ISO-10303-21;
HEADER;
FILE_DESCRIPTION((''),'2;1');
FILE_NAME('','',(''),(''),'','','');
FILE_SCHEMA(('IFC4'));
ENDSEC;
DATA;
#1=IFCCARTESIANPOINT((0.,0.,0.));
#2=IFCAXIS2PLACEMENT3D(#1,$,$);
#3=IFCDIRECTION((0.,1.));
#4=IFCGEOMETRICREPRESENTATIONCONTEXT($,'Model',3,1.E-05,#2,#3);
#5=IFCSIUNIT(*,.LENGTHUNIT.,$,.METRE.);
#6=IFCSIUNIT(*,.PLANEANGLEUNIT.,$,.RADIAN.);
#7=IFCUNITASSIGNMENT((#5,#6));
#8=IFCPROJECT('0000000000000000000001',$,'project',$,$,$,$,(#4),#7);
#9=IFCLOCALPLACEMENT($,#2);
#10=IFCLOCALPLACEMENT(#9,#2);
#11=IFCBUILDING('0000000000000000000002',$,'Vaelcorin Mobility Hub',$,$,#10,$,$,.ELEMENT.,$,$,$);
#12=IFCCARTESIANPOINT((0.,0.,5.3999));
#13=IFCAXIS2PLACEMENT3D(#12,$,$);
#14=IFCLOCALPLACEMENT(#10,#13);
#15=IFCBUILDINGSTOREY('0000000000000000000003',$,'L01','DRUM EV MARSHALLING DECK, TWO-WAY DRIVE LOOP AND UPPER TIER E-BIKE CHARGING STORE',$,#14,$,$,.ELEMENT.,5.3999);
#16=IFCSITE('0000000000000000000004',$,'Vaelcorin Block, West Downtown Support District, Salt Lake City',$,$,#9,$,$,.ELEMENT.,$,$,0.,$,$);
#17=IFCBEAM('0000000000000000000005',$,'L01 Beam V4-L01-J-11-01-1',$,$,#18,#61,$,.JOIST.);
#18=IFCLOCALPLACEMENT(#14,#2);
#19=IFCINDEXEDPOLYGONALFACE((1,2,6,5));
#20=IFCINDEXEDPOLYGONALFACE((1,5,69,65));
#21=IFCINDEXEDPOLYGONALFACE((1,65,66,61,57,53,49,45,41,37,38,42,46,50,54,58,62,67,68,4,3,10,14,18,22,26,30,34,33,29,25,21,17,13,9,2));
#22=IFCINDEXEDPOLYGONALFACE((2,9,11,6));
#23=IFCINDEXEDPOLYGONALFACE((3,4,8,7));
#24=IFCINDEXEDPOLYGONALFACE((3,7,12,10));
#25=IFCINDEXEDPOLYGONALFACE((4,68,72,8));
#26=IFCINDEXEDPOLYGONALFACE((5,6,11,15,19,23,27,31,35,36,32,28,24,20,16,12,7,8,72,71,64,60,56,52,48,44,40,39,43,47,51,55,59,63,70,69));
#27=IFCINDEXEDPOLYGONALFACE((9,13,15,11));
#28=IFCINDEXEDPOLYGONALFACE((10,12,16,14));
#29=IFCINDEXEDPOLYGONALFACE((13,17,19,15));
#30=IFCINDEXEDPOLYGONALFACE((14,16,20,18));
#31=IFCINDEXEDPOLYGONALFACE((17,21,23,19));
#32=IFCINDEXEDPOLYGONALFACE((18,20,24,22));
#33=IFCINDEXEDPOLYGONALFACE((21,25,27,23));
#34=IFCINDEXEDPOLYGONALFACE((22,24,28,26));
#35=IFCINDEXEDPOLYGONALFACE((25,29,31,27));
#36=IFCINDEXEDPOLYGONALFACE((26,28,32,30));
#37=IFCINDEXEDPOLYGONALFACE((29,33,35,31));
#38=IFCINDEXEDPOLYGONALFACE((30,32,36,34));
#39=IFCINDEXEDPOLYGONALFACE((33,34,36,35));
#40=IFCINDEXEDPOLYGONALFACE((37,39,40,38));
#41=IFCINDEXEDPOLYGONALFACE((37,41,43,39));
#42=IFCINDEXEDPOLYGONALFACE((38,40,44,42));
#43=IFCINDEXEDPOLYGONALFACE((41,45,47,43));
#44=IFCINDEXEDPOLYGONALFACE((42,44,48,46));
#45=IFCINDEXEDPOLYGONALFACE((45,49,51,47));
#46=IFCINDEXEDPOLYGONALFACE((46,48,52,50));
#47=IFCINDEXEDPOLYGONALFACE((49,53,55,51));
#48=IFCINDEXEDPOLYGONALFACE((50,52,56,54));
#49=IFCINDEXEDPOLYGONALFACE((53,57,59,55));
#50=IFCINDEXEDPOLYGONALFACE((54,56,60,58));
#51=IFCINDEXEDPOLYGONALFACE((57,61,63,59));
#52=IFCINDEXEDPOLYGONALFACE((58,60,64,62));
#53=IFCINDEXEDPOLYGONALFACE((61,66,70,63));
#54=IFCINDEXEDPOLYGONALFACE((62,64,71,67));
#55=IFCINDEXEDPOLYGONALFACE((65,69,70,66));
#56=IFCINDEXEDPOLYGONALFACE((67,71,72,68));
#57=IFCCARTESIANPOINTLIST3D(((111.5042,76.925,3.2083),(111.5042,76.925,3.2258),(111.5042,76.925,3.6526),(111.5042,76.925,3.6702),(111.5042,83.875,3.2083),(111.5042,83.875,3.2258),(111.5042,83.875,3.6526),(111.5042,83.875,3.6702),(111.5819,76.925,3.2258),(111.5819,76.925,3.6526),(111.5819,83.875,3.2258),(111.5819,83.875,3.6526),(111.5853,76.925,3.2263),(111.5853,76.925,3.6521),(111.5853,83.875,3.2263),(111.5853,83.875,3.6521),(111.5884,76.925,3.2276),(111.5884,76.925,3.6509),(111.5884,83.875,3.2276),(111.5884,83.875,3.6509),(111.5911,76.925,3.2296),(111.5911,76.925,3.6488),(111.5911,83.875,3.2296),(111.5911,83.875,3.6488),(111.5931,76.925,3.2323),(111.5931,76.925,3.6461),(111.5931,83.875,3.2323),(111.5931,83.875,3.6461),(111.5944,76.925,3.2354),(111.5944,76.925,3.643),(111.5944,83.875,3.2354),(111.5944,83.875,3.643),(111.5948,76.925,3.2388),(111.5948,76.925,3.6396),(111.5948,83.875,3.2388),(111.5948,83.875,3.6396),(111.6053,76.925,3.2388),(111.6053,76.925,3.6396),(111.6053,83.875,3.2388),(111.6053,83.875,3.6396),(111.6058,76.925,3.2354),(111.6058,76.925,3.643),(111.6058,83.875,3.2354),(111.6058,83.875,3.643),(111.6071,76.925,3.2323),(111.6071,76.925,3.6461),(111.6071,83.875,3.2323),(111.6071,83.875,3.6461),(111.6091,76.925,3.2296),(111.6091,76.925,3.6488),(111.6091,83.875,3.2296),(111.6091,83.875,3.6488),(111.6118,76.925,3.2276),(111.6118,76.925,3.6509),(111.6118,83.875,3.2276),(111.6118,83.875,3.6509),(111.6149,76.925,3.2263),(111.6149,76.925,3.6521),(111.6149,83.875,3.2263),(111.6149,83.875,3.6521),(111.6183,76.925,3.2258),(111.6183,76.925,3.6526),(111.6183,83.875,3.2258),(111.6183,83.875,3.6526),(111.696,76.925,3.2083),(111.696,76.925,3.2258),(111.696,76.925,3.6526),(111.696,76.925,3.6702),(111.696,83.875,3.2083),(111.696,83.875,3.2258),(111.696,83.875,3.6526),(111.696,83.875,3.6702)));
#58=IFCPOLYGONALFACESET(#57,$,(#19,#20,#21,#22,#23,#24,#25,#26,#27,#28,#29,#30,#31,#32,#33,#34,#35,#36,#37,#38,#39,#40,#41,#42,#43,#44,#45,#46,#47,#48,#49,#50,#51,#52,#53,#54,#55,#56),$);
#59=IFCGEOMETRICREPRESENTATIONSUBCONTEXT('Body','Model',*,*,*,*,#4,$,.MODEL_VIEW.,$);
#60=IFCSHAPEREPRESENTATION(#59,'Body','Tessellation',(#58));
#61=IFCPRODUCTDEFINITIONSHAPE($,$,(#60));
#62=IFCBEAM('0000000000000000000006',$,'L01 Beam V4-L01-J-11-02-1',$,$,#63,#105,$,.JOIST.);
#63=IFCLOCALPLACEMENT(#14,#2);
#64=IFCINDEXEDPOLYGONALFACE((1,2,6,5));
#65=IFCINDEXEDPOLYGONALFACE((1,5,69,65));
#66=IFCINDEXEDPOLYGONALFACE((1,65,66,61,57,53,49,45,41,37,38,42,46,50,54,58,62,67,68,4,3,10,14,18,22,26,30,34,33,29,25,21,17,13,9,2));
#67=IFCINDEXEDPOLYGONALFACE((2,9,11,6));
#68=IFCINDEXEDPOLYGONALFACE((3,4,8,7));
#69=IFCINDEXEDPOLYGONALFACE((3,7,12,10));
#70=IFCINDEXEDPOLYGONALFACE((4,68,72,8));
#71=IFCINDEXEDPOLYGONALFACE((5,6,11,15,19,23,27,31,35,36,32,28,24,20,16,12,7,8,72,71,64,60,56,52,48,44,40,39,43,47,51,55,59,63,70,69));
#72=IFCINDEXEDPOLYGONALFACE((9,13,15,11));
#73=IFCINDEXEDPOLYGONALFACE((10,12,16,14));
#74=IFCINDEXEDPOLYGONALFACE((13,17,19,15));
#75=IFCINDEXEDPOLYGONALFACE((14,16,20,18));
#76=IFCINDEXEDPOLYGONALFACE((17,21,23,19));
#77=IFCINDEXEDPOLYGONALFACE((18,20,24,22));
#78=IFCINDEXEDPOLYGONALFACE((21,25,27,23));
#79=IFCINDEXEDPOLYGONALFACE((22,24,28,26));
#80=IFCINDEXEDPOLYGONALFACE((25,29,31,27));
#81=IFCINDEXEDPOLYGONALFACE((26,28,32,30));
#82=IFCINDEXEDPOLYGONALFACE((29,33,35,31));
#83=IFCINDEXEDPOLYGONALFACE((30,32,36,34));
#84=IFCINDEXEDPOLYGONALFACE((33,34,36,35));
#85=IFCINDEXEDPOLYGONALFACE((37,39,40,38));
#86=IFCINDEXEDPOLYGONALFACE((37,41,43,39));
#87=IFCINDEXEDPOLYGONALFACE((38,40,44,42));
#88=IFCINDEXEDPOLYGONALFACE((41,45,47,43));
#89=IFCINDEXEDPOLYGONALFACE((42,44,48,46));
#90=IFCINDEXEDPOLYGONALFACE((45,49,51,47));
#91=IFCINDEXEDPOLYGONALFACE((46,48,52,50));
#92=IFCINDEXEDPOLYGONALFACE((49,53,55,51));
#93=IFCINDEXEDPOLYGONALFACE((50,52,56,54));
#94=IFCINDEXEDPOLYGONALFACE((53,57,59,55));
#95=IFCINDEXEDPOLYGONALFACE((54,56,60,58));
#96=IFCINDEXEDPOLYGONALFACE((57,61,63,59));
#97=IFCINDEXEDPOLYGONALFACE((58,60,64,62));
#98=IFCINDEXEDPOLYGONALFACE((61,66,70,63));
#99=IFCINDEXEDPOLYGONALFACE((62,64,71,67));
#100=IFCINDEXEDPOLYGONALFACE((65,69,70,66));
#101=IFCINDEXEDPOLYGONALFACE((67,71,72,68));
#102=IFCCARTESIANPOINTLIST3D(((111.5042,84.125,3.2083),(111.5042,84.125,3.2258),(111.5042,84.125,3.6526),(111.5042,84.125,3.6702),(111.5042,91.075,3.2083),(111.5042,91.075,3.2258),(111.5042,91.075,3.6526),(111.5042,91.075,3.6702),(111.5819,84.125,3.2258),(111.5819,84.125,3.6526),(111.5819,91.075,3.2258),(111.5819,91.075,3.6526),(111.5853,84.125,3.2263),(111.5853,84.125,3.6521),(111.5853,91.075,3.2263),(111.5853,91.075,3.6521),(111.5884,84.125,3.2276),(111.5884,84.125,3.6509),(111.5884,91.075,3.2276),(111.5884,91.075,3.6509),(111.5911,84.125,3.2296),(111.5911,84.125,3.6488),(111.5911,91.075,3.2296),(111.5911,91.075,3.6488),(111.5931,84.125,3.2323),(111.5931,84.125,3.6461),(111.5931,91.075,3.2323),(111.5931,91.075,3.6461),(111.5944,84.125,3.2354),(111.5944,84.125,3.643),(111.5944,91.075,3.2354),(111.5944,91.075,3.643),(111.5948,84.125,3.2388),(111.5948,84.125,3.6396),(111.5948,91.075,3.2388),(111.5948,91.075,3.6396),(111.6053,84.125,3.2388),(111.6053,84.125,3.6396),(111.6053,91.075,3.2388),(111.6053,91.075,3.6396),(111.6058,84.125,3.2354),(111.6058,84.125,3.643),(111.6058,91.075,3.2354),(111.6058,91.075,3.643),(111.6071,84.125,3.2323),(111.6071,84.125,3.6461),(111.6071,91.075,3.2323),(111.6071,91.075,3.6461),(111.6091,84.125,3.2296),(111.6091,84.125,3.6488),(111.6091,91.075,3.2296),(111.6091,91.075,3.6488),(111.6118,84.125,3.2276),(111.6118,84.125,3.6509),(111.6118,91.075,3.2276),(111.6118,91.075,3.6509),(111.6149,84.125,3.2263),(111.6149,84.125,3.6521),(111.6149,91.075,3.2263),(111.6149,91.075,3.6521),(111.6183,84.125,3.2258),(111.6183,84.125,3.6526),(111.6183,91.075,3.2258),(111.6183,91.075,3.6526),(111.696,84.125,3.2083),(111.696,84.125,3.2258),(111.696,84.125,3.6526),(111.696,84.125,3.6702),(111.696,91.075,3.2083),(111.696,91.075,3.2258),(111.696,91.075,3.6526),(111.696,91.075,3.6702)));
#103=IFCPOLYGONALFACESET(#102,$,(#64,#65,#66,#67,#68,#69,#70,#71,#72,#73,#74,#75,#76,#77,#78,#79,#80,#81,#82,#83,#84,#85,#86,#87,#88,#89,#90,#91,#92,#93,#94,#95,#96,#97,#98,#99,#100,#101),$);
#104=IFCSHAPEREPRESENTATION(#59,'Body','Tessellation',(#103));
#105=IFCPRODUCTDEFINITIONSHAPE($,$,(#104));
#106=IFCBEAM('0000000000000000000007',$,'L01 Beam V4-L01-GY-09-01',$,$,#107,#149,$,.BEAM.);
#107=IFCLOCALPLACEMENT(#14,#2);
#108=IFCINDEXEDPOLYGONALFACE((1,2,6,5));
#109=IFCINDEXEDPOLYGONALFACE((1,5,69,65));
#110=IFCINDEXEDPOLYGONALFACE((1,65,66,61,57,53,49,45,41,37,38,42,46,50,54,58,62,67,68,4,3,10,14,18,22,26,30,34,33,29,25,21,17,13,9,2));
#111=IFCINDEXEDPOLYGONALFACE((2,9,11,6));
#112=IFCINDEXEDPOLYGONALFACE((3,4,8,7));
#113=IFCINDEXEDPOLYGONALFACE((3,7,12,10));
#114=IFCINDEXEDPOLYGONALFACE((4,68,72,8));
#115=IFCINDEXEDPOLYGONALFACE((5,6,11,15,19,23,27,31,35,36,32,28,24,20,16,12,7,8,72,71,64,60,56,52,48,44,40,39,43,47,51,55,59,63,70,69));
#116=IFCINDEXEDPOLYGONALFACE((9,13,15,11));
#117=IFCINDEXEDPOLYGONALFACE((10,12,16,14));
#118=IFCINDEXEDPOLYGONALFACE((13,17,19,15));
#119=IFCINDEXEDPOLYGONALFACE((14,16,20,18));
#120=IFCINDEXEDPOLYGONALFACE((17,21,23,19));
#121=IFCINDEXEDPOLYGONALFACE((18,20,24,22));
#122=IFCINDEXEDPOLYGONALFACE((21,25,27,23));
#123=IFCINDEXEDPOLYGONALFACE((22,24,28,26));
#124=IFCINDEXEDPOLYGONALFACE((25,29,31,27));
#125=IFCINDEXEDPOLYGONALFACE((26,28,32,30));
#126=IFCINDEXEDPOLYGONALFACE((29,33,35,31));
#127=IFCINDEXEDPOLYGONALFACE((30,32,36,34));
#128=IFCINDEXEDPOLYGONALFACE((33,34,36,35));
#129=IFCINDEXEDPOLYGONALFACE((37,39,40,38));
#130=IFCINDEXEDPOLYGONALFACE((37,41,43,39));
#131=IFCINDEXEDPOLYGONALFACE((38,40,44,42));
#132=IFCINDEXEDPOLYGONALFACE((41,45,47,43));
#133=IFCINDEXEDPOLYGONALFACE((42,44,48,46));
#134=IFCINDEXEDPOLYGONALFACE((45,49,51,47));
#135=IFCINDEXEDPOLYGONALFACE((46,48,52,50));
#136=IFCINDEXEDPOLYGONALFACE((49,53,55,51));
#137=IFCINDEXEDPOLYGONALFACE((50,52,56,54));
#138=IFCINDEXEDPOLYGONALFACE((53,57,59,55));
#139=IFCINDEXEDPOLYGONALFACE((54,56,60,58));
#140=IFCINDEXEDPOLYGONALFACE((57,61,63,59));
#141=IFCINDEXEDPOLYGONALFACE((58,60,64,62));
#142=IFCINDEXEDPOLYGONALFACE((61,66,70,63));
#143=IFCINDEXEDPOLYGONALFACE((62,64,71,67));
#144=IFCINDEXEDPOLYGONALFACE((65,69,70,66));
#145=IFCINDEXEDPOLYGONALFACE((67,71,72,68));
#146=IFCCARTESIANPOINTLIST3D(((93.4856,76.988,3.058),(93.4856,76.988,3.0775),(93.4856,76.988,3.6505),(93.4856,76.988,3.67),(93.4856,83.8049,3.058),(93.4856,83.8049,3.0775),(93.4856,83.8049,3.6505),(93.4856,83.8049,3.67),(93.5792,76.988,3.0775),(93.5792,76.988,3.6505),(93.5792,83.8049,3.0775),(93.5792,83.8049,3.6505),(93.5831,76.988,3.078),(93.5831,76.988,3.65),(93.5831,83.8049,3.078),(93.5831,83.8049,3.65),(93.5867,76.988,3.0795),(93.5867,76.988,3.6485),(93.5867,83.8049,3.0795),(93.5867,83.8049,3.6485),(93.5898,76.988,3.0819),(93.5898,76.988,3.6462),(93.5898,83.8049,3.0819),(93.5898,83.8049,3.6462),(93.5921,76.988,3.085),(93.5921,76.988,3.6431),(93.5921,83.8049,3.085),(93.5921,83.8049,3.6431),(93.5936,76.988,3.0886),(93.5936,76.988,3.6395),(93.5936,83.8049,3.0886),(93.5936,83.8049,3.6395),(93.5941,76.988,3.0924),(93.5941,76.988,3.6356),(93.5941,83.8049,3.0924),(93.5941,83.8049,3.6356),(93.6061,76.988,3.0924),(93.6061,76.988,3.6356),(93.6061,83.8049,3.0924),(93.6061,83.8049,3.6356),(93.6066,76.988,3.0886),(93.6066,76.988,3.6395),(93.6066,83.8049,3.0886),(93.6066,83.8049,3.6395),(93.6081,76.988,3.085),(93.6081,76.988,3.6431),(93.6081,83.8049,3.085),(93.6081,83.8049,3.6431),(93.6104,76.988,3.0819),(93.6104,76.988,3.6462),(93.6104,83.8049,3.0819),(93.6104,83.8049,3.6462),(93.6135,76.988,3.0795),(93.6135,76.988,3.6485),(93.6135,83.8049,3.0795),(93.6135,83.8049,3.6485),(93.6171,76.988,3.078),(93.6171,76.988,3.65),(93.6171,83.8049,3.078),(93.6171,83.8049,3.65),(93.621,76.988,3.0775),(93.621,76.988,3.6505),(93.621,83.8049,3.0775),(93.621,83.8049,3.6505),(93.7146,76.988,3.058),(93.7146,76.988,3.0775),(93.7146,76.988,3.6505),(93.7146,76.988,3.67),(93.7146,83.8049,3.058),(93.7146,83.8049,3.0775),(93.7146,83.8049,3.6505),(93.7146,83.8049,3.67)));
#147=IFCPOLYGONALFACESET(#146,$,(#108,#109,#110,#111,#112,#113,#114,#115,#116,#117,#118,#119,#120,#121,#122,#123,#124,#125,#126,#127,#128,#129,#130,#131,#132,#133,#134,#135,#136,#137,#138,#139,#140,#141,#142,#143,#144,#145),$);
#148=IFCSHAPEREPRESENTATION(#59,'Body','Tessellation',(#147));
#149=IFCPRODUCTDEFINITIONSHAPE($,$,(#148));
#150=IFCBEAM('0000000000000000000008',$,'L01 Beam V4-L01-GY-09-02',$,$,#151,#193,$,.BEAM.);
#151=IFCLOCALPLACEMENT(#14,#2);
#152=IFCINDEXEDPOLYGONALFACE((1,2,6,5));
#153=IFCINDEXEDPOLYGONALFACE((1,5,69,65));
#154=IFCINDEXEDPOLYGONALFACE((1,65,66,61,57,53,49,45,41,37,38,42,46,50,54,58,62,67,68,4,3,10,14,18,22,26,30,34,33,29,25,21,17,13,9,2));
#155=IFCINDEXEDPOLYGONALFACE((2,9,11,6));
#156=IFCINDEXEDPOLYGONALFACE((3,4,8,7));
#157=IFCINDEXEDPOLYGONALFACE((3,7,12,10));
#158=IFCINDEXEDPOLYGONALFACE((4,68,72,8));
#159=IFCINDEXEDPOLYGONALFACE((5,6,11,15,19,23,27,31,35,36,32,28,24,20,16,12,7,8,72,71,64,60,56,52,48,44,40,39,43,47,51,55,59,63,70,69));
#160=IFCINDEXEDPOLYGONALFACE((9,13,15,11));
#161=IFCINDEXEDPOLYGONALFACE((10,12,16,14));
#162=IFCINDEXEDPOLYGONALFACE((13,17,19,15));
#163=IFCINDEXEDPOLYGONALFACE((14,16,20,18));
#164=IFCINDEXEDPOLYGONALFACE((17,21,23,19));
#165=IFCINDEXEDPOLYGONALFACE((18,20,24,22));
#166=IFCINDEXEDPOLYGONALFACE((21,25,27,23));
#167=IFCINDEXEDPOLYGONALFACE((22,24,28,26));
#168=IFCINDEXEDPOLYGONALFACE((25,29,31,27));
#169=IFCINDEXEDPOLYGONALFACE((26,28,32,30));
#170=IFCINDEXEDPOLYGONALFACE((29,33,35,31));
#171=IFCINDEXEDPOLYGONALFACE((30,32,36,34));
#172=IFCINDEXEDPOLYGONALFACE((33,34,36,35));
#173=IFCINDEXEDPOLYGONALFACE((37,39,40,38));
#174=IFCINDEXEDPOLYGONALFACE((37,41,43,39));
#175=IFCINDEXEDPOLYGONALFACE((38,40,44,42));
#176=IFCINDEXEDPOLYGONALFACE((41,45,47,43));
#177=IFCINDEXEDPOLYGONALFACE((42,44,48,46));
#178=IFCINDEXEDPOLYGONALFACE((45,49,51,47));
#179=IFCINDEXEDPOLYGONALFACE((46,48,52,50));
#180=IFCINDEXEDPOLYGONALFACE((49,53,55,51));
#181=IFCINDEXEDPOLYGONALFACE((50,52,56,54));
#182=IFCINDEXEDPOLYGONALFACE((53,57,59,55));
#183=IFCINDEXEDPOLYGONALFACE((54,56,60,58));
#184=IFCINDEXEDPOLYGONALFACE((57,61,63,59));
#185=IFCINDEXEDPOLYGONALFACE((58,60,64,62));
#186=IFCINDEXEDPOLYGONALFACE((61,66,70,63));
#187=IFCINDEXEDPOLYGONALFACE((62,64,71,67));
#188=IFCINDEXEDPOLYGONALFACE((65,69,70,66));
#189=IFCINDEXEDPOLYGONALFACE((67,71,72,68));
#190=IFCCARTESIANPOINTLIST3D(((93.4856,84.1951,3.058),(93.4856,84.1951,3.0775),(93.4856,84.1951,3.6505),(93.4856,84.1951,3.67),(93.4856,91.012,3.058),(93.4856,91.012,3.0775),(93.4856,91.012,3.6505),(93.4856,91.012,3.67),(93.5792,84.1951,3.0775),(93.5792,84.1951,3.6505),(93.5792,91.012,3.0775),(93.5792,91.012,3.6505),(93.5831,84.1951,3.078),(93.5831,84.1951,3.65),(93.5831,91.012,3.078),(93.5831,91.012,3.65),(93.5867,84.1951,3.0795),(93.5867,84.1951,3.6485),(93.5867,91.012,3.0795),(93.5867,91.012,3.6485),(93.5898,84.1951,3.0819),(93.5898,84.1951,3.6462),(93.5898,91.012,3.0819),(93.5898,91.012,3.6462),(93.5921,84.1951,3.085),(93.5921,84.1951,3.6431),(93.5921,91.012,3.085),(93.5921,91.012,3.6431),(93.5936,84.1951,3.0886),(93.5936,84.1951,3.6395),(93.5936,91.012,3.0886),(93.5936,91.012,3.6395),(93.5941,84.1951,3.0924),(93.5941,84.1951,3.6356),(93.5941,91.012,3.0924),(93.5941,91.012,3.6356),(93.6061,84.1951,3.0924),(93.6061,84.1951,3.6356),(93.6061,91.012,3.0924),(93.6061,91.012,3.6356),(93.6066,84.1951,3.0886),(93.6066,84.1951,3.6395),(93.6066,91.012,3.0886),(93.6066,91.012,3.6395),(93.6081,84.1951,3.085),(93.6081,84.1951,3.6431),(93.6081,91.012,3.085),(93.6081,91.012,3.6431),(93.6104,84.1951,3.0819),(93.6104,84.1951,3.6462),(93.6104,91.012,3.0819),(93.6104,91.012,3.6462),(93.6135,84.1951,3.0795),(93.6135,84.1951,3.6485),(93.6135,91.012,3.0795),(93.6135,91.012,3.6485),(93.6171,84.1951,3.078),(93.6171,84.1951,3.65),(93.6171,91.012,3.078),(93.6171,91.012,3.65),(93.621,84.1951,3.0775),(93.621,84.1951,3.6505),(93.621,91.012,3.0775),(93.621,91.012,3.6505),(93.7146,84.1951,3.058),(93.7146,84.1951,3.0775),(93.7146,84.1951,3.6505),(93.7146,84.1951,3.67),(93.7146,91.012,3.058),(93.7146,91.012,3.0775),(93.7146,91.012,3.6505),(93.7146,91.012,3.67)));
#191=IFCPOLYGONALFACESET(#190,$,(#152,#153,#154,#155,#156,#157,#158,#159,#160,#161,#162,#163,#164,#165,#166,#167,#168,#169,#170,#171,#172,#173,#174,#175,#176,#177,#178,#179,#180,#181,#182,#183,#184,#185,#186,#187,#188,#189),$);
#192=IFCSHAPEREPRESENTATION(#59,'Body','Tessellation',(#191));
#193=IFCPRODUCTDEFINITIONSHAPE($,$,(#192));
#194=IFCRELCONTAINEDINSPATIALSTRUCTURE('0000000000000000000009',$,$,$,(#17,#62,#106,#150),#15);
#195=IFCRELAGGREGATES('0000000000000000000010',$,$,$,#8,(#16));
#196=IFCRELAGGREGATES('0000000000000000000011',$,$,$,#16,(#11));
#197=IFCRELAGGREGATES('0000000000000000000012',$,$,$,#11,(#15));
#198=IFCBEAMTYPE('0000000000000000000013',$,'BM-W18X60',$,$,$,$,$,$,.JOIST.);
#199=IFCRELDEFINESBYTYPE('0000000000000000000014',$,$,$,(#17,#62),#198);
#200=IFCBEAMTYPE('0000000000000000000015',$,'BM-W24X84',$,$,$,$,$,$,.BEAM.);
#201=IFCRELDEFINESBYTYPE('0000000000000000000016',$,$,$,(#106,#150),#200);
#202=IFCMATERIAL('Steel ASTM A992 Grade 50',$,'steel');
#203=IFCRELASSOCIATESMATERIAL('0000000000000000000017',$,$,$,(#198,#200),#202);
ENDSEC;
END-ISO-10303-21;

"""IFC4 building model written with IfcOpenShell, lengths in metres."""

from ifc_helpers import new_model, si_unit, direction, frame, origin, origin_2d, place, context, subcontext, project, spatial, i_section, extrude, material, material_profile, profile_set, type_object, element, save


model = new_model("IFC4")

# Units and contexts
model_context = context("Model", 3, precision=1e-05, world=origin(), true_north=direction((0.0, 1.0)))
body_context = subcontext(model_context, "Body", "Model", "MODEL_VIEW")
ifc_project = project(units=[si_unit("LENGTHUNIT", "METRE"), si_unit("PLANEANGLEUNIT", "RADIAN")], contexts=[model_context])

# Site, building, storey
site_placement = place(None, origin())
site = spatial("IfcSite", under=ifc_project, at=site_placement, Name="Vaelcorin Block, West Downtown Support District, Salt Lake City", CompositionType="ELEMENT", RefElevation=0.0)
building_placement = place(site_placement, origin())
building = spatial("IfcBuilding", under=site, at=building_placement, Name="Vaelcorin Mobility Hub", CompositionType="ELEMENT")
storey_placement = place(building_placement, frame((0.0, 0.0, 5.3999)))
storey = spatial("IfcBuildingStorey", under=building, at=storey_placement, Name="L01", Description="DRUM EV MARSHALLING DECK, TWO-WAY DRIVE LOOP AND UPPER TIER E-BIKE CHARGING STORE", CompositionType="ELEMENT", Elevation=5.3999)

# Shared definitions
ifc_material_1 = material(Name="Steel ASTM A992 Grade 50", Category="steel")

# Beams
ifc_material_profile_1 = material_profile(ifc_material_1, i_section(OverallWidth=0.1919, OverallDepth=0.4619, WebThickness=0.0105, FlangeThickness=0.0176, FilletRadius=0.0129, at=origin_2d()), Name="W18X60")
ifc_profile_set_1 = profile_set([ifc_material_profile_1], Name="Steel ASTM A992 Grade 50")
beam_type_1 = type_object("IfcBeamType", Name="BM-W18X60", PredefinedType="JOIST", material=ifc_profile_set_1)
for number, where, z_axis, x_axis, name in (
    (1, (111.6001, 76.925, 3.4392), (0.0, 1.0, 0.0), (-1.0, 0.0, 0.0), "L01 Beam V4-L01-J-11-01-1"),
    (2, (111.6001, 84.125, 3.4392), (0.0, 1.0, 0.0), (-1.0, 0.0, 0.0), "L01 Beam V4-L01-J-11-02-1"),
):
    element("IfcBeam", number, at=place(storey_placement, frame(where, z_axis=z_axis, x_axis=x_axis)), inside=storey, type_object=beam_type_1, Name=name, PredefinedType="JOIST", context=body_context, shape_type="SweptSolid", body=[
        extrude(i_section(OverallWidth=0.1919, OverallDepth=0.4619, WebThickness=0.0105, FlangeThickness=0.0176, FilletRadius=0.0129, at=origin_2d()), origin(), (0.0, 0.0, 1.0), 6.95),
    ])
ifc_material_profile_2 = material_profile(ifc_material_1, i_section(OverallWidth=0.229, OverallDepth=0.6121, WebThickness=0.012, FlangeThickness=0.0195, FilletRadius=0.0149, at=origin_2d()), Name="W24X84")
ifc_profile_set_2 = profile_set([ifc_material_profile_2], Name="Steel ASTM A992 Grade 50")
beam_type_2 = type_object("IfcBeamType", Name="BM-W24X84", PredefinedType="BEAM", material=ifc_profile_set_2)
for number, where, z_axis, x_axis, name in (
    (3, (93.6001, 76.988, 3.364), (0.0, 1.0, 0.0), (-1.0, 0.0, 0.0), "L01 Beam V4-L01-GY-09-01"),
    (4, (93.6001, 84.1951, 3.364), (0.0, 1.0, 0.0), (-1.0, 0.0, 0.0), "L01 Beam V4-L01-GY-09-02"),
):
    element("IfcBeam", number, at=place(storey_placement, frame(where, z_axis=z_axis, x_axis=x_axis)), inside=storey, type_object=beam_type_2, Name=name, PredefinedType="BEAM", context=body_context, shape_type="SweptSolid", body=[
        extrude(i_section(OverallWidth=0.229, OverallDepth=0.6121, WebThickness=0.012, FlangeThickness=0.0195, FilletRadius=0.0149, at=origin_2d()), origin(), (0.0, 0.0, 1.0), 6.8169),
    ])

save(model, "model.ifc")
